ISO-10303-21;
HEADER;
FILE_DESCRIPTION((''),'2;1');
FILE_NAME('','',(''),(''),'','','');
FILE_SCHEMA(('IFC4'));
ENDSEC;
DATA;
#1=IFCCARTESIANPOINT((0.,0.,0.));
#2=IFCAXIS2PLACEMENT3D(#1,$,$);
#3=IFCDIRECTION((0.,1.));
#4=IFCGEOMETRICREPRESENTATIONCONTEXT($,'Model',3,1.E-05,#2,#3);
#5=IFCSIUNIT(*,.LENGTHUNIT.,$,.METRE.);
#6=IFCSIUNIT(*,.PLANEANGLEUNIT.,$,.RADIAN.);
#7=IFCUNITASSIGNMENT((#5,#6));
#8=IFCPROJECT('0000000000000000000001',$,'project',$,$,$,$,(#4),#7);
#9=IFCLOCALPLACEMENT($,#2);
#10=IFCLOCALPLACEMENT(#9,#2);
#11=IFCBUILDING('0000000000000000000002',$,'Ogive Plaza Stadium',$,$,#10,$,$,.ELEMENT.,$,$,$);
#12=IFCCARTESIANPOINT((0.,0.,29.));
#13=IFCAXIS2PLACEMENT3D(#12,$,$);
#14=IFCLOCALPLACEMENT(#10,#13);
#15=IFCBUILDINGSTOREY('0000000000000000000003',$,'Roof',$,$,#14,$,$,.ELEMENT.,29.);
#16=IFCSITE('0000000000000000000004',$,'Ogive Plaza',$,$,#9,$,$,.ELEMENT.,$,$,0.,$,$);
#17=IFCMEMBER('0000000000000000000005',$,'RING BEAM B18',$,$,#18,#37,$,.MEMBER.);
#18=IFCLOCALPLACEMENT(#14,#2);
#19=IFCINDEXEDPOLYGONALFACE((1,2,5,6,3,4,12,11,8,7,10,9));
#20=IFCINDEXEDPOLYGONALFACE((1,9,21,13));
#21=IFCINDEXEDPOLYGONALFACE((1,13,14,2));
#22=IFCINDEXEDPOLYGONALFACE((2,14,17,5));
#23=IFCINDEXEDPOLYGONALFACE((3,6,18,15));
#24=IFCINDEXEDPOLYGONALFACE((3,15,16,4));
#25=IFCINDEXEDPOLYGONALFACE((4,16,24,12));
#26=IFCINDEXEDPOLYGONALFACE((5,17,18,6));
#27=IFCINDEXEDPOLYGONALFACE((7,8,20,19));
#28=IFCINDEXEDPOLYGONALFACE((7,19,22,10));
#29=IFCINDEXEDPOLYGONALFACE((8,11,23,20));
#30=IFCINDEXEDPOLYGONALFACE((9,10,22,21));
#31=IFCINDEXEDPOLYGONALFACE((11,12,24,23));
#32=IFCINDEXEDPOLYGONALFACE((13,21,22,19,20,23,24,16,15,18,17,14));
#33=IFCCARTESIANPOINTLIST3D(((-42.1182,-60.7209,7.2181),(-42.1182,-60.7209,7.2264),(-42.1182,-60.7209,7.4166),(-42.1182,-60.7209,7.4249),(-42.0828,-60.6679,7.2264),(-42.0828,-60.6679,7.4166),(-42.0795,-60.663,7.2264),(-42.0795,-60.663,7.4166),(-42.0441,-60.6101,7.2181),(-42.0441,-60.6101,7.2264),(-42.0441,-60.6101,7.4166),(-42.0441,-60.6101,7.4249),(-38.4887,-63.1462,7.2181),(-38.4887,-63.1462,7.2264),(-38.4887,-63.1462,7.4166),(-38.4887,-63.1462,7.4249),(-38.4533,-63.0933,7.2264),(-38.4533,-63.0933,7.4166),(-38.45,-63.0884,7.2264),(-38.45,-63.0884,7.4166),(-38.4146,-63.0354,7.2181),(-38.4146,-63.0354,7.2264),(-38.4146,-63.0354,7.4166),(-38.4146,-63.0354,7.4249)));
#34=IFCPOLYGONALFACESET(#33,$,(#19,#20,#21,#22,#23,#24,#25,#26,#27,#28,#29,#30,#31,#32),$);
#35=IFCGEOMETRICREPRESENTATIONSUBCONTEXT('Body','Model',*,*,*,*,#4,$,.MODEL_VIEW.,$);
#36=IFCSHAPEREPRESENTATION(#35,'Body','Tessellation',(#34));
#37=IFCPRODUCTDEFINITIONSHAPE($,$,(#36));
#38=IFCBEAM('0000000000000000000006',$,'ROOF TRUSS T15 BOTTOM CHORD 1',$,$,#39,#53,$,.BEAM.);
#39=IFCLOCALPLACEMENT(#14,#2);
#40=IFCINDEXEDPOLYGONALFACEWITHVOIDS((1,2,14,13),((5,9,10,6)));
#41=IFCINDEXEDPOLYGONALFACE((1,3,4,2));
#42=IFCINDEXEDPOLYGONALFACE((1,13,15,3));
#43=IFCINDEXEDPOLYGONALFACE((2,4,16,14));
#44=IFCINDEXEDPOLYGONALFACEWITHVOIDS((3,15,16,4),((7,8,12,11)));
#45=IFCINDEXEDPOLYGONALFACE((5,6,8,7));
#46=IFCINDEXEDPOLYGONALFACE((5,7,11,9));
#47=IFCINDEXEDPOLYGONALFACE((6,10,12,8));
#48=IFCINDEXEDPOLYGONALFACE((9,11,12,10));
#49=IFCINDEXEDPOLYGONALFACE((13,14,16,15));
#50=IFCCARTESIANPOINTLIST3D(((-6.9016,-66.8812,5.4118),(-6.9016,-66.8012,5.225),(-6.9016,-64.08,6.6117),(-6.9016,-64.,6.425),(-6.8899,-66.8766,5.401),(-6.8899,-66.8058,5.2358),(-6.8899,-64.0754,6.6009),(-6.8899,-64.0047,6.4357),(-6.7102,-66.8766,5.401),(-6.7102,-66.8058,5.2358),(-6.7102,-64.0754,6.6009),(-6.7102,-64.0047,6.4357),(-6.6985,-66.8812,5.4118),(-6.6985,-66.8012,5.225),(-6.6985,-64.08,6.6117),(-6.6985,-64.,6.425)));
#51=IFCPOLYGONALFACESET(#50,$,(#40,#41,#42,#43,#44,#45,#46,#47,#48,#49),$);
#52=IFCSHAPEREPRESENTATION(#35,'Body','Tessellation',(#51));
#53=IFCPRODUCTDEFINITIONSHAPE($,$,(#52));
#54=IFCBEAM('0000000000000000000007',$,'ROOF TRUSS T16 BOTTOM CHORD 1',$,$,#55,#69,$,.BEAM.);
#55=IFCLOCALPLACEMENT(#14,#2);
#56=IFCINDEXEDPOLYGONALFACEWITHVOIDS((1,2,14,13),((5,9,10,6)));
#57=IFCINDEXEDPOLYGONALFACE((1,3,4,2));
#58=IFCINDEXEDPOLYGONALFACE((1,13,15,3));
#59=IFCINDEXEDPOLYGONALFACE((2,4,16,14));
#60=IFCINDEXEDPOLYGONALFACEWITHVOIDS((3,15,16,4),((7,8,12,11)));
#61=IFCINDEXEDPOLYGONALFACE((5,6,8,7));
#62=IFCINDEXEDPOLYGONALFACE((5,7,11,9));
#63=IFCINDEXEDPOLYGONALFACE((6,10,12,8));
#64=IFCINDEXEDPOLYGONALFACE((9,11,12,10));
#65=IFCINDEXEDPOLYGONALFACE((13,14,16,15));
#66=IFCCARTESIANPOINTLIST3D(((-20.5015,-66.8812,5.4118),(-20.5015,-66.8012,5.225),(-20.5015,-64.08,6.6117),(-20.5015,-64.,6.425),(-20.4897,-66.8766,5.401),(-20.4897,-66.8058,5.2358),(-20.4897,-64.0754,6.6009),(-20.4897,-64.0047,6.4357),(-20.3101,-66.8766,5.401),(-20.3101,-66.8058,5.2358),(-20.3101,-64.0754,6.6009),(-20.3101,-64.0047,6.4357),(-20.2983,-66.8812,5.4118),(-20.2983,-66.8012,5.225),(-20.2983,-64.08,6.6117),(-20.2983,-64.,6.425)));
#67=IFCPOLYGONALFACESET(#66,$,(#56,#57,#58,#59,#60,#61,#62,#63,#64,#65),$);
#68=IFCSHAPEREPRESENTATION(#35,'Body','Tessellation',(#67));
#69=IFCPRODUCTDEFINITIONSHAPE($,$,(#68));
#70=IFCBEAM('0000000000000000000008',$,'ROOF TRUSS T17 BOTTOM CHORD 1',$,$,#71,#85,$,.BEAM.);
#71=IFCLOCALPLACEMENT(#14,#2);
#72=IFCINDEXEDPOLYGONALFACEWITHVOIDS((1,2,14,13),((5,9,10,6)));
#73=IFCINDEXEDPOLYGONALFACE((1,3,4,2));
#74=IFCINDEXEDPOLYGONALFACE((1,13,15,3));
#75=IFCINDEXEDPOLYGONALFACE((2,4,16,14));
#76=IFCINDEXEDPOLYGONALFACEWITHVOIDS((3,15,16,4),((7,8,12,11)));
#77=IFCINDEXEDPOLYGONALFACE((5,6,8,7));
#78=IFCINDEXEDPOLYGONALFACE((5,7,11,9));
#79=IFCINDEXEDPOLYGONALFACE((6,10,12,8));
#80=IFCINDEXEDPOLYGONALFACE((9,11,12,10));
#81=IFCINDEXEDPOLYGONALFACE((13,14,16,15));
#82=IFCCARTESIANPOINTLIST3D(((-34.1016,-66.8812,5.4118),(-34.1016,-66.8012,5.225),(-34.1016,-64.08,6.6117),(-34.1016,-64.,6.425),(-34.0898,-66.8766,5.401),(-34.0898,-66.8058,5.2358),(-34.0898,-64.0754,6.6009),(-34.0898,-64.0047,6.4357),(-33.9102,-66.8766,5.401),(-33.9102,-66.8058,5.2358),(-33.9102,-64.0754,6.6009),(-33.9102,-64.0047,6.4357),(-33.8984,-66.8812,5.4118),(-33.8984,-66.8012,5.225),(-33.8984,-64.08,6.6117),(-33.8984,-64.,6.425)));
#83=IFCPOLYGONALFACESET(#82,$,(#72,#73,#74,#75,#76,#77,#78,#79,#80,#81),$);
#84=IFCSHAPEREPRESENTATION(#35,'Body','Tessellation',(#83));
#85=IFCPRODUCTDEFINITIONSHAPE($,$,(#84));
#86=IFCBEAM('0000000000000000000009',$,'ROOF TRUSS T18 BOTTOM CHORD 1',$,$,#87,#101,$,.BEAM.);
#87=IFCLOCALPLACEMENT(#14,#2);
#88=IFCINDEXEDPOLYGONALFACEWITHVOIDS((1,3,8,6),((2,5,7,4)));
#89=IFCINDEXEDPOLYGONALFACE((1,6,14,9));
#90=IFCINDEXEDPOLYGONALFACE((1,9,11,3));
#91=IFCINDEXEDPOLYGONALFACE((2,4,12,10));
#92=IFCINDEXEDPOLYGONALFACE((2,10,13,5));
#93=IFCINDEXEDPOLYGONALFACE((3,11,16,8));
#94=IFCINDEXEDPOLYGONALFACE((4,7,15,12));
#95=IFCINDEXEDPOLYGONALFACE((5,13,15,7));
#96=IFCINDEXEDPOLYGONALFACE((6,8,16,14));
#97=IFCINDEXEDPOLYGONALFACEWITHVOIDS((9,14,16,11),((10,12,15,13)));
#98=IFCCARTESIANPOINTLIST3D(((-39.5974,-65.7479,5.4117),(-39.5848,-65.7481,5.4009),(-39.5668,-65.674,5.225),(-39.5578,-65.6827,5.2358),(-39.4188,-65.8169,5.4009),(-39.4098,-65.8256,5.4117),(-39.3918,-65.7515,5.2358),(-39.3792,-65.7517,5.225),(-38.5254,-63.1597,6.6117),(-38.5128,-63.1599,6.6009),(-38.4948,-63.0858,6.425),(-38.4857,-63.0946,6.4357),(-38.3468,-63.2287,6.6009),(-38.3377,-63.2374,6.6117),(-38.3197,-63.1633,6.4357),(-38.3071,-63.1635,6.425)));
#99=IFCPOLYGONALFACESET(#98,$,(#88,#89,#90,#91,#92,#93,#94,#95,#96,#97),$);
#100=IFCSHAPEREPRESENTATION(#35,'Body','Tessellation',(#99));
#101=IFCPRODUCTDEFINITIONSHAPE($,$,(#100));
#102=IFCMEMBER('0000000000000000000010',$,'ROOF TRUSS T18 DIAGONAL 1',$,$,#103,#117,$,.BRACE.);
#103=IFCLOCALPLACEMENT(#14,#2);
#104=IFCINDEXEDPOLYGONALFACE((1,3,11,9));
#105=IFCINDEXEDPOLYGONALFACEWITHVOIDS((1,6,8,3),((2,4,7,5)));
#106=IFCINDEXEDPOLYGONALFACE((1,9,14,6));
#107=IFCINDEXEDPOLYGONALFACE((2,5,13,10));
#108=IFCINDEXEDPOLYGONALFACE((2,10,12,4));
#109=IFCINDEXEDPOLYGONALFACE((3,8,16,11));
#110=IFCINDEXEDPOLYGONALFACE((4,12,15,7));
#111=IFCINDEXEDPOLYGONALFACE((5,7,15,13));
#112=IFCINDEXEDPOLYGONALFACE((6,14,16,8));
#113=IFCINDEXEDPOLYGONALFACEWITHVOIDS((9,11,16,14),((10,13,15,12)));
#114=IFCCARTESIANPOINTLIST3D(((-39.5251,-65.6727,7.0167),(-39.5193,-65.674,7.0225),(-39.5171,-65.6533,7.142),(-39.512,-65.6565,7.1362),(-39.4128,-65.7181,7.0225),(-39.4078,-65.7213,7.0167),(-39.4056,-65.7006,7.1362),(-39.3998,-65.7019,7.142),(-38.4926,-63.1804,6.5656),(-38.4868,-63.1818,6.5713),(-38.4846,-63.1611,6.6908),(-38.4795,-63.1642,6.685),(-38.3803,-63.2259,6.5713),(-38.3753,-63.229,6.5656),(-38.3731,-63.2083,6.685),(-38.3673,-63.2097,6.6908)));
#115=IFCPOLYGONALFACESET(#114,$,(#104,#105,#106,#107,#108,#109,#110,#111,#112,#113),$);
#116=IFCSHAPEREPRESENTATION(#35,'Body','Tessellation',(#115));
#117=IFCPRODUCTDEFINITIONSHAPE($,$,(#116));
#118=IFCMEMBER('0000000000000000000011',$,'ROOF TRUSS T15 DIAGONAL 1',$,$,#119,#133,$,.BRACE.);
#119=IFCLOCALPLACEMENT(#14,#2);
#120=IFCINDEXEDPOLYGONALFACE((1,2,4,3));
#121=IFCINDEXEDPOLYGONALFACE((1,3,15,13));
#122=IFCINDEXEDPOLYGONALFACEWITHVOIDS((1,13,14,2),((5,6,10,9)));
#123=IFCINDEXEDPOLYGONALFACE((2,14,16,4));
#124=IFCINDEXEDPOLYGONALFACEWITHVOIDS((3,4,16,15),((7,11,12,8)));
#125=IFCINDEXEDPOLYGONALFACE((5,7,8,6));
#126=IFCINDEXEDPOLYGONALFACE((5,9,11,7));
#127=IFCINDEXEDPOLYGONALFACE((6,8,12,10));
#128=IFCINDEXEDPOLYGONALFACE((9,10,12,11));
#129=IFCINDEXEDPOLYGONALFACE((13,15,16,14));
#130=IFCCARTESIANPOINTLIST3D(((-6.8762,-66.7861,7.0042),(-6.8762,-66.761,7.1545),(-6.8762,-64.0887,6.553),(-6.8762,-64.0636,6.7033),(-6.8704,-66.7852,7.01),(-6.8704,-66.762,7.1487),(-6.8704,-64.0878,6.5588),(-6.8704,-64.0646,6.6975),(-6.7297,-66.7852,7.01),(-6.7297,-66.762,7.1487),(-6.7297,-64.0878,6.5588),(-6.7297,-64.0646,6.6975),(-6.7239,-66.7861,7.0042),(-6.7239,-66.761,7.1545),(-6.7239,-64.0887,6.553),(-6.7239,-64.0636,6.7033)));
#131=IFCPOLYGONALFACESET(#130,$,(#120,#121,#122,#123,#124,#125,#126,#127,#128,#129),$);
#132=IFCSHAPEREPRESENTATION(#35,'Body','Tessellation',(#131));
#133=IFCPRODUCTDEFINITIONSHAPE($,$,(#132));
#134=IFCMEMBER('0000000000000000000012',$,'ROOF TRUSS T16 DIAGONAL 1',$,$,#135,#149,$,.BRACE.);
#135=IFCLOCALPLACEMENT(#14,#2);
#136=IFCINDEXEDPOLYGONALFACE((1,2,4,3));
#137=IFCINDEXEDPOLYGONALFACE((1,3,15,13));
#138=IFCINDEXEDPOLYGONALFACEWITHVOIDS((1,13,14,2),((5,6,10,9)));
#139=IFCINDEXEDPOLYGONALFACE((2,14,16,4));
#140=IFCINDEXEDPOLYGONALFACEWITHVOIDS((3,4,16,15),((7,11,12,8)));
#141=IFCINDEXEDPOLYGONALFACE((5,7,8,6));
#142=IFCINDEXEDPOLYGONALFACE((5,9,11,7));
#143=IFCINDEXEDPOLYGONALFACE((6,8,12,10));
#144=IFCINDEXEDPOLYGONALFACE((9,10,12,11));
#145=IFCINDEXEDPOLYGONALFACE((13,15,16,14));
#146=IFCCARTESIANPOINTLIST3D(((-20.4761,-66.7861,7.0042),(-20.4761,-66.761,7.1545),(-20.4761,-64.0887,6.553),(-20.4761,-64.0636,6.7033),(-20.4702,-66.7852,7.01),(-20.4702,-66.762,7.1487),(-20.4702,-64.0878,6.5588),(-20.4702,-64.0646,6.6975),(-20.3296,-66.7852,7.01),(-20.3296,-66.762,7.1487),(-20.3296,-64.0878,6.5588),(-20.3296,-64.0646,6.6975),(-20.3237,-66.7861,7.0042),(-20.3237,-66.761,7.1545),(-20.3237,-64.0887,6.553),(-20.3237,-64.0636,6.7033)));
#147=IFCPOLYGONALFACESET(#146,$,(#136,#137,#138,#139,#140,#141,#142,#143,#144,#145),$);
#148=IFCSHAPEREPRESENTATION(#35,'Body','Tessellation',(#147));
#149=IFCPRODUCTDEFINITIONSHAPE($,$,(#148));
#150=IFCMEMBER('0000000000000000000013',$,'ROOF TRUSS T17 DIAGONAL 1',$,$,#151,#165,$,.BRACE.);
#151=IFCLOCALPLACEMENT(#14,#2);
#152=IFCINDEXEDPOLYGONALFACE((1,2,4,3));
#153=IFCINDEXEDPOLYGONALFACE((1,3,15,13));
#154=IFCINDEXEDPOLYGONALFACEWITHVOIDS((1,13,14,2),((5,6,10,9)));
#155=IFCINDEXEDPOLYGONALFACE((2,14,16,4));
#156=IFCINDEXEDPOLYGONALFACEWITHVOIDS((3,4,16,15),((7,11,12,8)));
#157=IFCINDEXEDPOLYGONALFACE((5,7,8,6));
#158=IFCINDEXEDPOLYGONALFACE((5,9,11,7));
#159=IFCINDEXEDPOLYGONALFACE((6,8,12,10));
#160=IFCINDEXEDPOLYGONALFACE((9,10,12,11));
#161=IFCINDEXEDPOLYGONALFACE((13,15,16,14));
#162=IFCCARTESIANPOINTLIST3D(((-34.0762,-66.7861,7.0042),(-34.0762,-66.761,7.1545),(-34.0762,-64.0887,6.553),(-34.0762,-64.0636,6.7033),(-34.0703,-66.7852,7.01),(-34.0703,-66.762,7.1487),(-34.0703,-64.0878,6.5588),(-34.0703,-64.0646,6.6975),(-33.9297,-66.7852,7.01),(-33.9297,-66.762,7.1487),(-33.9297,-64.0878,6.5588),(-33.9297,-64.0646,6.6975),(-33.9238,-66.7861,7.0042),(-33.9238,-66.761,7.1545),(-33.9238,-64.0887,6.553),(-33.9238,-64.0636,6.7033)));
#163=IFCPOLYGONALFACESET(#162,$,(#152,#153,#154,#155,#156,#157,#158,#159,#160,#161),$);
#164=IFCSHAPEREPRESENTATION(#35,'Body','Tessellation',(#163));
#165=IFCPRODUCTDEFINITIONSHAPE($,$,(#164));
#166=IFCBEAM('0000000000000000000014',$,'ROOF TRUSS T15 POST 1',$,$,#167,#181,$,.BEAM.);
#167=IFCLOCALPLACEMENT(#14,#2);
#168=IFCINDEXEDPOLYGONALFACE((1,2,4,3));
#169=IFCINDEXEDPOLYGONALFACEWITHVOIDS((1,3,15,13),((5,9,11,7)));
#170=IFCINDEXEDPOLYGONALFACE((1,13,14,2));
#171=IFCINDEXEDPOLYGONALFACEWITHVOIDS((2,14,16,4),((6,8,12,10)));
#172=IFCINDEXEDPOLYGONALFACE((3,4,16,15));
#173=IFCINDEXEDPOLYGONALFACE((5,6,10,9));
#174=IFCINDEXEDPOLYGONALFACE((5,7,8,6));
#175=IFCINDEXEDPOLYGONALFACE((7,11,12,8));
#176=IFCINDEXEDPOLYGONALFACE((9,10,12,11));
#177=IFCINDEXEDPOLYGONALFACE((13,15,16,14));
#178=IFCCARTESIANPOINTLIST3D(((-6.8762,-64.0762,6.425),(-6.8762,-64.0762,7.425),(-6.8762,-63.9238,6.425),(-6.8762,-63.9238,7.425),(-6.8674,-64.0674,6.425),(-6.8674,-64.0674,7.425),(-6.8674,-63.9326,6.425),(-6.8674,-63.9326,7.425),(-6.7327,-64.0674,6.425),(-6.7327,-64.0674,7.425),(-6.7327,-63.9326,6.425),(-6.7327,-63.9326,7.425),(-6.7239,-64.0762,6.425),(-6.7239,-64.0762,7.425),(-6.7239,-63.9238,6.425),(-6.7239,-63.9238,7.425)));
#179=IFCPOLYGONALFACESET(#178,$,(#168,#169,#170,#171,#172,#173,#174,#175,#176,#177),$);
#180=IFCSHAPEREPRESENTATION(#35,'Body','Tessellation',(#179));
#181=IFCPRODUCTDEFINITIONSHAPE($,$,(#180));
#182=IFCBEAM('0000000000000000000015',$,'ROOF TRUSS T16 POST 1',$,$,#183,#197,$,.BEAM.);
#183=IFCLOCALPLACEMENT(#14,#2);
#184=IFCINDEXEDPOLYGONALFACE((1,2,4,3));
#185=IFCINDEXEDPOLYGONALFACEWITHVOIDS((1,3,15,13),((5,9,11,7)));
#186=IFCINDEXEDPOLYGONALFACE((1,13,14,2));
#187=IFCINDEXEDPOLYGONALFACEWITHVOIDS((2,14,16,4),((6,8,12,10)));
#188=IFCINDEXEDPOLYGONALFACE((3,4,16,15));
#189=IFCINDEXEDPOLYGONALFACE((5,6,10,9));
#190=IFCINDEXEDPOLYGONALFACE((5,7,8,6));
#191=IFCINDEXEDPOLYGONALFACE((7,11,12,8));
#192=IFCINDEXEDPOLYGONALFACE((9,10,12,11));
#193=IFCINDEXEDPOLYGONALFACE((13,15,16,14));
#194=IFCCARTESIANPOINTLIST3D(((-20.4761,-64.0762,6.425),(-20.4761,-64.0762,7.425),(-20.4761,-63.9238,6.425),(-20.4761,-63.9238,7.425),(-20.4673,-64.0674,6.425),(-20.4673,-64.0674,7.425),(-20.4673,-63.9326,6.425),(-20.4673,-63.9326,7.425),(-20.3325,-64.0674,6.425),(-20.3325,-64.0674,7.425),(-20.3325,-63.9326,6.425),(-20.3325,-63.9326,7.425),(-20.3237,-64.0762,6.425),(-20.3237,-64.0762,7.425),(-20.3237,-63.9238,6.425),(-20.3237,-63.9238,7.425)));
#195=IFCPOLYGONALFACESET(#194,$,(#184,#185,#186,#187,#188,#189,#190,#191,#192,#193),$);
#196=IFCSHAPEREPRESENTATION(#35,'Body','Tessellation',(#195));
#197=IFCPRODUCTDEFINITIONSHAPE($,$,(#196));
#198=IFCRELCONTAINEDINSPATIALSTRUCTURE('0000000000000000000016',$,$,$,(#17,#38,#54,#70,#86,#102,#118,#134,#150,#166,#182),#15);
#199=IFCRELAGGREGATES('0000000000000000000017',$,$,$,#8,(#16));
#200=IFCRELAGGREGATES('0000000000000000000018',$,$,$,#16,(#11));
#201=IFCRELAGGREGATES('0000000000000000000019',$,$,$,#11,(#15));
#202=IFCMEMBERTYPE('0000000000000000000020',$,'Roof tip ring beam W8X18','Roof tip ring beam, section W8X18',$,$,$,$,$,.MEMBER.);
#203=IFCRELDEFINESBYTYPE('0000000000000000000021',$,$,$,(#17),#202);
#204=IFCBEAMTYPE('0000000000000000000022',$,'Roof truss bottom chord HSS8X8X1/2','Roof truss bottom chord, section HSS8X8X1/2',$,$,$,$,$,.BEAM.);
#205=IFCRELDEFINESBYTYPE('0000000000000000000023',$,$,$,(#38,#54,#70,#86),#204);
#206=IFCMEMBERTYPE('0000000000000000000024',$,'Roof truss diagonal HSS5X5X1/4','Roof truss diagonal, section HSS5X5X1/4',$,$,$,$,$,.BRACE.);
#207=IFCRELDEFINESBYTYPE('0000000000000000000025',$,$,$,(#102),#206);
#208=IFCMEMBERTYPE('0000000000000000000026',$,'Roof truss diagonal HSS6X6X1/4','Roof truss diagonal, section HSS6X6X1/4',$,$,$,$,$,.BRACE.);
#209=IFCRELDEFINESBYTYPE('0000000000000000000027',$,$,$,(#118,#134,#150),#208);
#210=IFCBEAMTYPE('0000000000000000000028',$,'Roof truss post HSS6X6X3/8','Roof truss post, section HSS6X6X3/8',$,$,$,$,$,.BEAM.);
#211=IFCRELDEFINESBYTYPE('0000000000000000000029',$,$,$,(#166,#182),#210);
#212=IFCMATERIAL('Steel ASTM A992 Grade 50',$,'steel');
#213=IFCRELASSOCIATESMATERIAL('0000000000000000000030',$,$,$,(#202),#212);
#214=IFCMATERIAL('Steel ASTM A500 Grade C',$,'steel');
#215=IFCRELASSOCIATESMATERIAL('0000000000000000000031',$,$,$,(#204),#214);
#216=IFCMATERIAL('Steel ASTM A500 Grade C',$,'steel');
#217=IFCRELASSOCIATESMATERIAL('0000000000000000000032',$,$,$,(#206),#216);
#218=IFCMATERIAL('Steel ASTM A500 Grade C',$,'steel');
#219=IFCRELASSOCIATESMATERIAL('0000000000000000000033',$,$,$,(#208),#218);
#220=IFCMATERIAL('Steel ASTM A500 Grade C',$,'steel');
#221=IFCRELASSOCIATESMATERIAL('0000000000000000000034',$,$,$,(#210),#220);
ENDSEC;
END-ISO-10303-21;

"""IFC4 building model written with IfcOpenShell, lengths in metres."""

from ifc_helpers import new_model, si_unit, direction, frame, origin, origin_2d, place, context, subcontext, project, spatial, hollow_rectangle, i_section, extrude, material, material_profile, profile_set, type_object, element, save


model = new_model("IFC4")

# Units and contexts
model_context = context("Model", 3, precision=1e-05, world=origin(), true_north=direction((0.0, 1.0)))
body_context = subcontext(model_context, "Body", "Model", "MODEL_VIEW")
ifc_project = project(units=[si_unit("LENGTHUNIT", "METRE"), si_unit("PLANEANGLEUNIT", "RADIAN")], contexts=[model_context])

# Site, building, storey
site_placement = place(None, origin())
site = spatial("IfcSite", under=ifc_project, at=site_placement, Name="Ogive Plaza", CompositionType="ELEMENT", RefElevation=0.0)
building_placement = place(site_placement, origin())
building = spatial("IfcBuilding", under=site, at=building_placement, Name="Ogive Plaza Stadium", CompositionType="ELEMENT")
storey_placement = place(building_placement, frame((0.0, 0.0, 29.0)))
storey = spatial("IfcBuildingStorey", under=building, at=storey_placement, Name="Roof", CompositionType="ELEMENT", Elevation=29.0)

# Member
ifc_material_1 = material(Name="Steel ASTM A992 Grade 50", Category="steel")
ifc_material_profile_1 = material_profile(ifc_material_1, i_section(OverallWidth=0.1333, OverallDepth=0.2068, WebThickness=0.0059, FlangeThickness=0.0083, at=origin_2d()), Name="W8X18")
ifc_profile_set_1 = profile_set([ifc_material_profile_1], Name="Steel ASTM A992 Grade 50")
member_type_1 = type_object("IfcMemberType", Name="Roof tip ring beam W8X18", Description="Roof tip ring beam, section W8X18", PredefinedType="MEMBER", material=ifc_profile_set_1)
for number, where, z_axis, x_axis, name in (
    (1, (-38.4517, -63.0908, 7.3215), (-0.831447, 0.555603, 0.0), (-0.555603, -0.831447, 0.0), "RING BEAM B18"),
):
    element("IfcMember", number, at=place(storey_placement, frame(where, z_axis=z_axis, x_axis=x_axis)), inside=storey, type_object=member_type_1, Name=name, PredefinedType="MEMBER", context=body_context, shape_type="SweptSolid", body=[
        extrude(i_section(OverallWidth=0.1333, OverallDepth=0.2068, WebThickness=0.0059, FlangeThickness=0.0083, at=origin_2d()), origin(), (0.0, 0.0, 1.0), 4.3652),
    ])

# Beams
ifc_material_2 = material(Name="Steel ASTM A500 Grade C", Category="steel")
ifc_material_profile_2 = material_profile(ifc_material_2, hollow_rectangle(XDim=0.2031, YDim=0.2031, WallThickness=0.0117, at=origin_2d()), Name="HSS8X8X1/2")
ifc_profile_set_2 = profile_set([ifc_material_profile_2], Name="Steel ASTM A500 Grade C")
beam_type_1 = type_object("IfcBeamType", Name="Roof truss bottom chord HSS8X8X1/2", Description="Roof truss bottom chord, section HSS8X8X1/2", PredefinedType="BEAM", material=ifc_profile_set_2)
for number, where, z_axis, x_axis, name in (
    (2, (-6.8, -64.04, 6.5183), (0.0, -0.919215, -0.393755), (1.0, 0.0, 0.0), "ROOF TRUSS T15 BOTTOM CHORD 1"),
    (3, (-20.3999, -64.04, 6.5183), (0.0, -0.919215, -0.393755), (1.0, 0.0, 0.0), "ROOF TRUSS T16 BOTTOM CHORD 1"),
    (4, (-34.0, -64.04, 6.5183), (0.0, -0.919215, -0.393755), (1.0, 0.0, 0.0), "ROOF TRUSS T17 BOTTOM CHORD 1"),
):
    element("IfcBeam", number, at=place(storey_placement, frame(where, z_axis=z_axis, x_axis=x_axis)), inside=storey, type_object=beam_type_1, Name=name, PredefinedType="BEAM", context=body_context, shape_type="SweptSolid", body=[
        extrude(hollow_rectangle(XDim=0.2031, YDim=0.2031, WallThickness=0.0117, at=origin_2d()), origin(), (0.0, 0.0, 1.0), 3.0474),
    ])
beam_1_placement = place(storey_placement, frame((-38.4163, -63.1616, 6.5183), z_axis=(-0.351765, -0.849251, -0.393743), x_axis=(0.923882, -0.382678, 0.0)))
element("IfcBeam", 5, at=beam_1_placement, inside=storey, type_object=beam_type_1, Name="ROOF TRUSS T18 BOTTOM CHORD 1", PredefinedType="BEAM", context=body_context, shape_type="SweptSolid", body=[
    extrude(hollow_rectangle(XDim=0.2031, YDim=0.2031, WallThickness=0.0117, at=origin_2d()), origin(), (0.0, 0.0, 1.0), 3.0476),
])

# Members
ifc_material_3 = material(Name="Steel ASTM A500 Grade C", Category="steel")
ifc_material_profile_3 = material_profile(ifc_material_3, hollow_rectangle(XDim=0.127, YDim=0.127, WallThickness=0.0059, at=origin_2d()), Name="HSS5X5X1/4")
ifc_profile_set_3 = profile_set([ifc_material_profile_3], Name="Steel ASTM A500 Grade C")
member_type_2 = type_object("IfcMemberType", Name="Roof truss diagonal HSS5X5X1/4", Description="Roof truss diagonal, section HSS5X5X1/4", PredefinedType="BRACE", material=ifc_profile_set_3)
member_1_placement = place(storey_placement, frame((-38.4299, -63.1951, 6.6282), z_axis=(-0.377495, -0.9112, 0.164959), x_axis=(0.923857, -0.382738, 0.0)))
element("IfcMember", 6, at=member_1_placement, inside=storey, type_object=member_type_2, Name="ROOF TRUSS T18 DIAGONAL 1", PredefinedType="BRACE", context=body_context, shape_type="SweptSolid", body=[
    extrude(hollow_rectangle(XDim=0.127, YDim=0.127, WallThickness=0.0059, at=origin_2d()), origin(), (0.0, 0.0, 1.0), 2.7351),
])
ifc_material_4 = material(Name="Steel ASTM A500 Grade C", Category="steel")
ifc_material_profile_4 = material_profile(ifc_material_4, hollow_rectangle(XDim=0.1523, YDim=0.1523, WallThickness=0.0059, at=origin_2d()), Name="HSS6X6X1/4")
ifc_profile_set_4 = profile_set([ifc_material_profile_4], Name="Steel ASTM A500 Grade C")
member_type_3 = type_object("IfcMemberType", Name="Roof truss diagonal HSS6X6X1/4", Description="Roof truss diagonal, section HSS6X6X1/4", PredefinedType="BRACE", material=ifc_profile_set_4)
for number, where, z_axis, x_axis, name in (
    (7, (-6.8, -64.0762, 6.6282), (0.0, -0.9863, 0.164964), (1.0, 0.0, 0.0), "ROOF TRUSS T15 DIAGONAL 1"),
    (8, (-20.3999, -64.0762, 6.6282), (0.0, -0.9863, 0.164964), (1.0, 0.0, 0.0), "ROOF TRUSS T16 DIAGONAL 1"),
    (9, (-34.0, -64.0762, 6.6282), (0.0, -0.9863, 0.164964), (1.0, 0.0, 0.0), "ROOF TRUSS T17 DIAGONAL 1"),
):
    element("IfcMember", number, at=place(storey_placement, frame(where, z_axis=z_axis, x_axis=x_axis)), inside=storey, type_object=member_type_3, Name=name, PredefinedType="BRACE", context=body_context, shape_type="SweptSolid", body=[
        extrude(hollow_rectangle(XDim=0.1523, YDim=0.1523, WallThickness=0.0059, at=origin_2d()), origin(), (0.0, 0.0, 1.0), 2.7349),
    ])

# Beams
ifc_material_5 = material(Name="Steel ASTM A500 Grade C", Category="steel")
ifc_material_profile_5 = material_profile(ifc_material_5, hollow_rectangle(XDim=0.1523, YDim=0.1523, WallThickness=0.0088, at=origin_2d()), Name="HSS6X6X3/8")
ifc_profile_set_5 = profile_set([ifc_material_profile_5], Name="Steel ASTM A500 Grade C")
beam_type_2 = type_object("IfcBeamType", Name="Roof truss post HSS6X6X3/8", Description="Roof truss post, section HSS6X6X3/8", PredefinedType="BEAM", material=ifc_profile_set_5)
for number, where, z_axis, x_axis, name in (
    (10, (-6.8, -64.0, 6.425), (0.0, 0.0, 1.0), (1.0, 0.0, 0.0), "ROOF TRUSS T15 POST 1"),
    (11, (-20.3999, -64.0, 6.425), (0.0, 0.0, 1.0), (1.0, 0.0, 0.0), "ROOF TRUSS T16 POST 1"),
):
    element("IfcBeam", number, at=place(storey_placement, frame(where, z_axis=z_axis, x_axis=x_axis)), inside=storey, type_object=beam_type_2, Name=name, PredefinedType="BEAM", context=body_context, shape_type="SweptSolid", body=[
        extrude(hollow_rectangle(XDim=0.1523, YDim=0.1523, WallThickness=0.0088, at=origin_2d()), origin(), (0.0, 0.0, 1.0), 1.0),
    ])

save(model, "model.ifc")
